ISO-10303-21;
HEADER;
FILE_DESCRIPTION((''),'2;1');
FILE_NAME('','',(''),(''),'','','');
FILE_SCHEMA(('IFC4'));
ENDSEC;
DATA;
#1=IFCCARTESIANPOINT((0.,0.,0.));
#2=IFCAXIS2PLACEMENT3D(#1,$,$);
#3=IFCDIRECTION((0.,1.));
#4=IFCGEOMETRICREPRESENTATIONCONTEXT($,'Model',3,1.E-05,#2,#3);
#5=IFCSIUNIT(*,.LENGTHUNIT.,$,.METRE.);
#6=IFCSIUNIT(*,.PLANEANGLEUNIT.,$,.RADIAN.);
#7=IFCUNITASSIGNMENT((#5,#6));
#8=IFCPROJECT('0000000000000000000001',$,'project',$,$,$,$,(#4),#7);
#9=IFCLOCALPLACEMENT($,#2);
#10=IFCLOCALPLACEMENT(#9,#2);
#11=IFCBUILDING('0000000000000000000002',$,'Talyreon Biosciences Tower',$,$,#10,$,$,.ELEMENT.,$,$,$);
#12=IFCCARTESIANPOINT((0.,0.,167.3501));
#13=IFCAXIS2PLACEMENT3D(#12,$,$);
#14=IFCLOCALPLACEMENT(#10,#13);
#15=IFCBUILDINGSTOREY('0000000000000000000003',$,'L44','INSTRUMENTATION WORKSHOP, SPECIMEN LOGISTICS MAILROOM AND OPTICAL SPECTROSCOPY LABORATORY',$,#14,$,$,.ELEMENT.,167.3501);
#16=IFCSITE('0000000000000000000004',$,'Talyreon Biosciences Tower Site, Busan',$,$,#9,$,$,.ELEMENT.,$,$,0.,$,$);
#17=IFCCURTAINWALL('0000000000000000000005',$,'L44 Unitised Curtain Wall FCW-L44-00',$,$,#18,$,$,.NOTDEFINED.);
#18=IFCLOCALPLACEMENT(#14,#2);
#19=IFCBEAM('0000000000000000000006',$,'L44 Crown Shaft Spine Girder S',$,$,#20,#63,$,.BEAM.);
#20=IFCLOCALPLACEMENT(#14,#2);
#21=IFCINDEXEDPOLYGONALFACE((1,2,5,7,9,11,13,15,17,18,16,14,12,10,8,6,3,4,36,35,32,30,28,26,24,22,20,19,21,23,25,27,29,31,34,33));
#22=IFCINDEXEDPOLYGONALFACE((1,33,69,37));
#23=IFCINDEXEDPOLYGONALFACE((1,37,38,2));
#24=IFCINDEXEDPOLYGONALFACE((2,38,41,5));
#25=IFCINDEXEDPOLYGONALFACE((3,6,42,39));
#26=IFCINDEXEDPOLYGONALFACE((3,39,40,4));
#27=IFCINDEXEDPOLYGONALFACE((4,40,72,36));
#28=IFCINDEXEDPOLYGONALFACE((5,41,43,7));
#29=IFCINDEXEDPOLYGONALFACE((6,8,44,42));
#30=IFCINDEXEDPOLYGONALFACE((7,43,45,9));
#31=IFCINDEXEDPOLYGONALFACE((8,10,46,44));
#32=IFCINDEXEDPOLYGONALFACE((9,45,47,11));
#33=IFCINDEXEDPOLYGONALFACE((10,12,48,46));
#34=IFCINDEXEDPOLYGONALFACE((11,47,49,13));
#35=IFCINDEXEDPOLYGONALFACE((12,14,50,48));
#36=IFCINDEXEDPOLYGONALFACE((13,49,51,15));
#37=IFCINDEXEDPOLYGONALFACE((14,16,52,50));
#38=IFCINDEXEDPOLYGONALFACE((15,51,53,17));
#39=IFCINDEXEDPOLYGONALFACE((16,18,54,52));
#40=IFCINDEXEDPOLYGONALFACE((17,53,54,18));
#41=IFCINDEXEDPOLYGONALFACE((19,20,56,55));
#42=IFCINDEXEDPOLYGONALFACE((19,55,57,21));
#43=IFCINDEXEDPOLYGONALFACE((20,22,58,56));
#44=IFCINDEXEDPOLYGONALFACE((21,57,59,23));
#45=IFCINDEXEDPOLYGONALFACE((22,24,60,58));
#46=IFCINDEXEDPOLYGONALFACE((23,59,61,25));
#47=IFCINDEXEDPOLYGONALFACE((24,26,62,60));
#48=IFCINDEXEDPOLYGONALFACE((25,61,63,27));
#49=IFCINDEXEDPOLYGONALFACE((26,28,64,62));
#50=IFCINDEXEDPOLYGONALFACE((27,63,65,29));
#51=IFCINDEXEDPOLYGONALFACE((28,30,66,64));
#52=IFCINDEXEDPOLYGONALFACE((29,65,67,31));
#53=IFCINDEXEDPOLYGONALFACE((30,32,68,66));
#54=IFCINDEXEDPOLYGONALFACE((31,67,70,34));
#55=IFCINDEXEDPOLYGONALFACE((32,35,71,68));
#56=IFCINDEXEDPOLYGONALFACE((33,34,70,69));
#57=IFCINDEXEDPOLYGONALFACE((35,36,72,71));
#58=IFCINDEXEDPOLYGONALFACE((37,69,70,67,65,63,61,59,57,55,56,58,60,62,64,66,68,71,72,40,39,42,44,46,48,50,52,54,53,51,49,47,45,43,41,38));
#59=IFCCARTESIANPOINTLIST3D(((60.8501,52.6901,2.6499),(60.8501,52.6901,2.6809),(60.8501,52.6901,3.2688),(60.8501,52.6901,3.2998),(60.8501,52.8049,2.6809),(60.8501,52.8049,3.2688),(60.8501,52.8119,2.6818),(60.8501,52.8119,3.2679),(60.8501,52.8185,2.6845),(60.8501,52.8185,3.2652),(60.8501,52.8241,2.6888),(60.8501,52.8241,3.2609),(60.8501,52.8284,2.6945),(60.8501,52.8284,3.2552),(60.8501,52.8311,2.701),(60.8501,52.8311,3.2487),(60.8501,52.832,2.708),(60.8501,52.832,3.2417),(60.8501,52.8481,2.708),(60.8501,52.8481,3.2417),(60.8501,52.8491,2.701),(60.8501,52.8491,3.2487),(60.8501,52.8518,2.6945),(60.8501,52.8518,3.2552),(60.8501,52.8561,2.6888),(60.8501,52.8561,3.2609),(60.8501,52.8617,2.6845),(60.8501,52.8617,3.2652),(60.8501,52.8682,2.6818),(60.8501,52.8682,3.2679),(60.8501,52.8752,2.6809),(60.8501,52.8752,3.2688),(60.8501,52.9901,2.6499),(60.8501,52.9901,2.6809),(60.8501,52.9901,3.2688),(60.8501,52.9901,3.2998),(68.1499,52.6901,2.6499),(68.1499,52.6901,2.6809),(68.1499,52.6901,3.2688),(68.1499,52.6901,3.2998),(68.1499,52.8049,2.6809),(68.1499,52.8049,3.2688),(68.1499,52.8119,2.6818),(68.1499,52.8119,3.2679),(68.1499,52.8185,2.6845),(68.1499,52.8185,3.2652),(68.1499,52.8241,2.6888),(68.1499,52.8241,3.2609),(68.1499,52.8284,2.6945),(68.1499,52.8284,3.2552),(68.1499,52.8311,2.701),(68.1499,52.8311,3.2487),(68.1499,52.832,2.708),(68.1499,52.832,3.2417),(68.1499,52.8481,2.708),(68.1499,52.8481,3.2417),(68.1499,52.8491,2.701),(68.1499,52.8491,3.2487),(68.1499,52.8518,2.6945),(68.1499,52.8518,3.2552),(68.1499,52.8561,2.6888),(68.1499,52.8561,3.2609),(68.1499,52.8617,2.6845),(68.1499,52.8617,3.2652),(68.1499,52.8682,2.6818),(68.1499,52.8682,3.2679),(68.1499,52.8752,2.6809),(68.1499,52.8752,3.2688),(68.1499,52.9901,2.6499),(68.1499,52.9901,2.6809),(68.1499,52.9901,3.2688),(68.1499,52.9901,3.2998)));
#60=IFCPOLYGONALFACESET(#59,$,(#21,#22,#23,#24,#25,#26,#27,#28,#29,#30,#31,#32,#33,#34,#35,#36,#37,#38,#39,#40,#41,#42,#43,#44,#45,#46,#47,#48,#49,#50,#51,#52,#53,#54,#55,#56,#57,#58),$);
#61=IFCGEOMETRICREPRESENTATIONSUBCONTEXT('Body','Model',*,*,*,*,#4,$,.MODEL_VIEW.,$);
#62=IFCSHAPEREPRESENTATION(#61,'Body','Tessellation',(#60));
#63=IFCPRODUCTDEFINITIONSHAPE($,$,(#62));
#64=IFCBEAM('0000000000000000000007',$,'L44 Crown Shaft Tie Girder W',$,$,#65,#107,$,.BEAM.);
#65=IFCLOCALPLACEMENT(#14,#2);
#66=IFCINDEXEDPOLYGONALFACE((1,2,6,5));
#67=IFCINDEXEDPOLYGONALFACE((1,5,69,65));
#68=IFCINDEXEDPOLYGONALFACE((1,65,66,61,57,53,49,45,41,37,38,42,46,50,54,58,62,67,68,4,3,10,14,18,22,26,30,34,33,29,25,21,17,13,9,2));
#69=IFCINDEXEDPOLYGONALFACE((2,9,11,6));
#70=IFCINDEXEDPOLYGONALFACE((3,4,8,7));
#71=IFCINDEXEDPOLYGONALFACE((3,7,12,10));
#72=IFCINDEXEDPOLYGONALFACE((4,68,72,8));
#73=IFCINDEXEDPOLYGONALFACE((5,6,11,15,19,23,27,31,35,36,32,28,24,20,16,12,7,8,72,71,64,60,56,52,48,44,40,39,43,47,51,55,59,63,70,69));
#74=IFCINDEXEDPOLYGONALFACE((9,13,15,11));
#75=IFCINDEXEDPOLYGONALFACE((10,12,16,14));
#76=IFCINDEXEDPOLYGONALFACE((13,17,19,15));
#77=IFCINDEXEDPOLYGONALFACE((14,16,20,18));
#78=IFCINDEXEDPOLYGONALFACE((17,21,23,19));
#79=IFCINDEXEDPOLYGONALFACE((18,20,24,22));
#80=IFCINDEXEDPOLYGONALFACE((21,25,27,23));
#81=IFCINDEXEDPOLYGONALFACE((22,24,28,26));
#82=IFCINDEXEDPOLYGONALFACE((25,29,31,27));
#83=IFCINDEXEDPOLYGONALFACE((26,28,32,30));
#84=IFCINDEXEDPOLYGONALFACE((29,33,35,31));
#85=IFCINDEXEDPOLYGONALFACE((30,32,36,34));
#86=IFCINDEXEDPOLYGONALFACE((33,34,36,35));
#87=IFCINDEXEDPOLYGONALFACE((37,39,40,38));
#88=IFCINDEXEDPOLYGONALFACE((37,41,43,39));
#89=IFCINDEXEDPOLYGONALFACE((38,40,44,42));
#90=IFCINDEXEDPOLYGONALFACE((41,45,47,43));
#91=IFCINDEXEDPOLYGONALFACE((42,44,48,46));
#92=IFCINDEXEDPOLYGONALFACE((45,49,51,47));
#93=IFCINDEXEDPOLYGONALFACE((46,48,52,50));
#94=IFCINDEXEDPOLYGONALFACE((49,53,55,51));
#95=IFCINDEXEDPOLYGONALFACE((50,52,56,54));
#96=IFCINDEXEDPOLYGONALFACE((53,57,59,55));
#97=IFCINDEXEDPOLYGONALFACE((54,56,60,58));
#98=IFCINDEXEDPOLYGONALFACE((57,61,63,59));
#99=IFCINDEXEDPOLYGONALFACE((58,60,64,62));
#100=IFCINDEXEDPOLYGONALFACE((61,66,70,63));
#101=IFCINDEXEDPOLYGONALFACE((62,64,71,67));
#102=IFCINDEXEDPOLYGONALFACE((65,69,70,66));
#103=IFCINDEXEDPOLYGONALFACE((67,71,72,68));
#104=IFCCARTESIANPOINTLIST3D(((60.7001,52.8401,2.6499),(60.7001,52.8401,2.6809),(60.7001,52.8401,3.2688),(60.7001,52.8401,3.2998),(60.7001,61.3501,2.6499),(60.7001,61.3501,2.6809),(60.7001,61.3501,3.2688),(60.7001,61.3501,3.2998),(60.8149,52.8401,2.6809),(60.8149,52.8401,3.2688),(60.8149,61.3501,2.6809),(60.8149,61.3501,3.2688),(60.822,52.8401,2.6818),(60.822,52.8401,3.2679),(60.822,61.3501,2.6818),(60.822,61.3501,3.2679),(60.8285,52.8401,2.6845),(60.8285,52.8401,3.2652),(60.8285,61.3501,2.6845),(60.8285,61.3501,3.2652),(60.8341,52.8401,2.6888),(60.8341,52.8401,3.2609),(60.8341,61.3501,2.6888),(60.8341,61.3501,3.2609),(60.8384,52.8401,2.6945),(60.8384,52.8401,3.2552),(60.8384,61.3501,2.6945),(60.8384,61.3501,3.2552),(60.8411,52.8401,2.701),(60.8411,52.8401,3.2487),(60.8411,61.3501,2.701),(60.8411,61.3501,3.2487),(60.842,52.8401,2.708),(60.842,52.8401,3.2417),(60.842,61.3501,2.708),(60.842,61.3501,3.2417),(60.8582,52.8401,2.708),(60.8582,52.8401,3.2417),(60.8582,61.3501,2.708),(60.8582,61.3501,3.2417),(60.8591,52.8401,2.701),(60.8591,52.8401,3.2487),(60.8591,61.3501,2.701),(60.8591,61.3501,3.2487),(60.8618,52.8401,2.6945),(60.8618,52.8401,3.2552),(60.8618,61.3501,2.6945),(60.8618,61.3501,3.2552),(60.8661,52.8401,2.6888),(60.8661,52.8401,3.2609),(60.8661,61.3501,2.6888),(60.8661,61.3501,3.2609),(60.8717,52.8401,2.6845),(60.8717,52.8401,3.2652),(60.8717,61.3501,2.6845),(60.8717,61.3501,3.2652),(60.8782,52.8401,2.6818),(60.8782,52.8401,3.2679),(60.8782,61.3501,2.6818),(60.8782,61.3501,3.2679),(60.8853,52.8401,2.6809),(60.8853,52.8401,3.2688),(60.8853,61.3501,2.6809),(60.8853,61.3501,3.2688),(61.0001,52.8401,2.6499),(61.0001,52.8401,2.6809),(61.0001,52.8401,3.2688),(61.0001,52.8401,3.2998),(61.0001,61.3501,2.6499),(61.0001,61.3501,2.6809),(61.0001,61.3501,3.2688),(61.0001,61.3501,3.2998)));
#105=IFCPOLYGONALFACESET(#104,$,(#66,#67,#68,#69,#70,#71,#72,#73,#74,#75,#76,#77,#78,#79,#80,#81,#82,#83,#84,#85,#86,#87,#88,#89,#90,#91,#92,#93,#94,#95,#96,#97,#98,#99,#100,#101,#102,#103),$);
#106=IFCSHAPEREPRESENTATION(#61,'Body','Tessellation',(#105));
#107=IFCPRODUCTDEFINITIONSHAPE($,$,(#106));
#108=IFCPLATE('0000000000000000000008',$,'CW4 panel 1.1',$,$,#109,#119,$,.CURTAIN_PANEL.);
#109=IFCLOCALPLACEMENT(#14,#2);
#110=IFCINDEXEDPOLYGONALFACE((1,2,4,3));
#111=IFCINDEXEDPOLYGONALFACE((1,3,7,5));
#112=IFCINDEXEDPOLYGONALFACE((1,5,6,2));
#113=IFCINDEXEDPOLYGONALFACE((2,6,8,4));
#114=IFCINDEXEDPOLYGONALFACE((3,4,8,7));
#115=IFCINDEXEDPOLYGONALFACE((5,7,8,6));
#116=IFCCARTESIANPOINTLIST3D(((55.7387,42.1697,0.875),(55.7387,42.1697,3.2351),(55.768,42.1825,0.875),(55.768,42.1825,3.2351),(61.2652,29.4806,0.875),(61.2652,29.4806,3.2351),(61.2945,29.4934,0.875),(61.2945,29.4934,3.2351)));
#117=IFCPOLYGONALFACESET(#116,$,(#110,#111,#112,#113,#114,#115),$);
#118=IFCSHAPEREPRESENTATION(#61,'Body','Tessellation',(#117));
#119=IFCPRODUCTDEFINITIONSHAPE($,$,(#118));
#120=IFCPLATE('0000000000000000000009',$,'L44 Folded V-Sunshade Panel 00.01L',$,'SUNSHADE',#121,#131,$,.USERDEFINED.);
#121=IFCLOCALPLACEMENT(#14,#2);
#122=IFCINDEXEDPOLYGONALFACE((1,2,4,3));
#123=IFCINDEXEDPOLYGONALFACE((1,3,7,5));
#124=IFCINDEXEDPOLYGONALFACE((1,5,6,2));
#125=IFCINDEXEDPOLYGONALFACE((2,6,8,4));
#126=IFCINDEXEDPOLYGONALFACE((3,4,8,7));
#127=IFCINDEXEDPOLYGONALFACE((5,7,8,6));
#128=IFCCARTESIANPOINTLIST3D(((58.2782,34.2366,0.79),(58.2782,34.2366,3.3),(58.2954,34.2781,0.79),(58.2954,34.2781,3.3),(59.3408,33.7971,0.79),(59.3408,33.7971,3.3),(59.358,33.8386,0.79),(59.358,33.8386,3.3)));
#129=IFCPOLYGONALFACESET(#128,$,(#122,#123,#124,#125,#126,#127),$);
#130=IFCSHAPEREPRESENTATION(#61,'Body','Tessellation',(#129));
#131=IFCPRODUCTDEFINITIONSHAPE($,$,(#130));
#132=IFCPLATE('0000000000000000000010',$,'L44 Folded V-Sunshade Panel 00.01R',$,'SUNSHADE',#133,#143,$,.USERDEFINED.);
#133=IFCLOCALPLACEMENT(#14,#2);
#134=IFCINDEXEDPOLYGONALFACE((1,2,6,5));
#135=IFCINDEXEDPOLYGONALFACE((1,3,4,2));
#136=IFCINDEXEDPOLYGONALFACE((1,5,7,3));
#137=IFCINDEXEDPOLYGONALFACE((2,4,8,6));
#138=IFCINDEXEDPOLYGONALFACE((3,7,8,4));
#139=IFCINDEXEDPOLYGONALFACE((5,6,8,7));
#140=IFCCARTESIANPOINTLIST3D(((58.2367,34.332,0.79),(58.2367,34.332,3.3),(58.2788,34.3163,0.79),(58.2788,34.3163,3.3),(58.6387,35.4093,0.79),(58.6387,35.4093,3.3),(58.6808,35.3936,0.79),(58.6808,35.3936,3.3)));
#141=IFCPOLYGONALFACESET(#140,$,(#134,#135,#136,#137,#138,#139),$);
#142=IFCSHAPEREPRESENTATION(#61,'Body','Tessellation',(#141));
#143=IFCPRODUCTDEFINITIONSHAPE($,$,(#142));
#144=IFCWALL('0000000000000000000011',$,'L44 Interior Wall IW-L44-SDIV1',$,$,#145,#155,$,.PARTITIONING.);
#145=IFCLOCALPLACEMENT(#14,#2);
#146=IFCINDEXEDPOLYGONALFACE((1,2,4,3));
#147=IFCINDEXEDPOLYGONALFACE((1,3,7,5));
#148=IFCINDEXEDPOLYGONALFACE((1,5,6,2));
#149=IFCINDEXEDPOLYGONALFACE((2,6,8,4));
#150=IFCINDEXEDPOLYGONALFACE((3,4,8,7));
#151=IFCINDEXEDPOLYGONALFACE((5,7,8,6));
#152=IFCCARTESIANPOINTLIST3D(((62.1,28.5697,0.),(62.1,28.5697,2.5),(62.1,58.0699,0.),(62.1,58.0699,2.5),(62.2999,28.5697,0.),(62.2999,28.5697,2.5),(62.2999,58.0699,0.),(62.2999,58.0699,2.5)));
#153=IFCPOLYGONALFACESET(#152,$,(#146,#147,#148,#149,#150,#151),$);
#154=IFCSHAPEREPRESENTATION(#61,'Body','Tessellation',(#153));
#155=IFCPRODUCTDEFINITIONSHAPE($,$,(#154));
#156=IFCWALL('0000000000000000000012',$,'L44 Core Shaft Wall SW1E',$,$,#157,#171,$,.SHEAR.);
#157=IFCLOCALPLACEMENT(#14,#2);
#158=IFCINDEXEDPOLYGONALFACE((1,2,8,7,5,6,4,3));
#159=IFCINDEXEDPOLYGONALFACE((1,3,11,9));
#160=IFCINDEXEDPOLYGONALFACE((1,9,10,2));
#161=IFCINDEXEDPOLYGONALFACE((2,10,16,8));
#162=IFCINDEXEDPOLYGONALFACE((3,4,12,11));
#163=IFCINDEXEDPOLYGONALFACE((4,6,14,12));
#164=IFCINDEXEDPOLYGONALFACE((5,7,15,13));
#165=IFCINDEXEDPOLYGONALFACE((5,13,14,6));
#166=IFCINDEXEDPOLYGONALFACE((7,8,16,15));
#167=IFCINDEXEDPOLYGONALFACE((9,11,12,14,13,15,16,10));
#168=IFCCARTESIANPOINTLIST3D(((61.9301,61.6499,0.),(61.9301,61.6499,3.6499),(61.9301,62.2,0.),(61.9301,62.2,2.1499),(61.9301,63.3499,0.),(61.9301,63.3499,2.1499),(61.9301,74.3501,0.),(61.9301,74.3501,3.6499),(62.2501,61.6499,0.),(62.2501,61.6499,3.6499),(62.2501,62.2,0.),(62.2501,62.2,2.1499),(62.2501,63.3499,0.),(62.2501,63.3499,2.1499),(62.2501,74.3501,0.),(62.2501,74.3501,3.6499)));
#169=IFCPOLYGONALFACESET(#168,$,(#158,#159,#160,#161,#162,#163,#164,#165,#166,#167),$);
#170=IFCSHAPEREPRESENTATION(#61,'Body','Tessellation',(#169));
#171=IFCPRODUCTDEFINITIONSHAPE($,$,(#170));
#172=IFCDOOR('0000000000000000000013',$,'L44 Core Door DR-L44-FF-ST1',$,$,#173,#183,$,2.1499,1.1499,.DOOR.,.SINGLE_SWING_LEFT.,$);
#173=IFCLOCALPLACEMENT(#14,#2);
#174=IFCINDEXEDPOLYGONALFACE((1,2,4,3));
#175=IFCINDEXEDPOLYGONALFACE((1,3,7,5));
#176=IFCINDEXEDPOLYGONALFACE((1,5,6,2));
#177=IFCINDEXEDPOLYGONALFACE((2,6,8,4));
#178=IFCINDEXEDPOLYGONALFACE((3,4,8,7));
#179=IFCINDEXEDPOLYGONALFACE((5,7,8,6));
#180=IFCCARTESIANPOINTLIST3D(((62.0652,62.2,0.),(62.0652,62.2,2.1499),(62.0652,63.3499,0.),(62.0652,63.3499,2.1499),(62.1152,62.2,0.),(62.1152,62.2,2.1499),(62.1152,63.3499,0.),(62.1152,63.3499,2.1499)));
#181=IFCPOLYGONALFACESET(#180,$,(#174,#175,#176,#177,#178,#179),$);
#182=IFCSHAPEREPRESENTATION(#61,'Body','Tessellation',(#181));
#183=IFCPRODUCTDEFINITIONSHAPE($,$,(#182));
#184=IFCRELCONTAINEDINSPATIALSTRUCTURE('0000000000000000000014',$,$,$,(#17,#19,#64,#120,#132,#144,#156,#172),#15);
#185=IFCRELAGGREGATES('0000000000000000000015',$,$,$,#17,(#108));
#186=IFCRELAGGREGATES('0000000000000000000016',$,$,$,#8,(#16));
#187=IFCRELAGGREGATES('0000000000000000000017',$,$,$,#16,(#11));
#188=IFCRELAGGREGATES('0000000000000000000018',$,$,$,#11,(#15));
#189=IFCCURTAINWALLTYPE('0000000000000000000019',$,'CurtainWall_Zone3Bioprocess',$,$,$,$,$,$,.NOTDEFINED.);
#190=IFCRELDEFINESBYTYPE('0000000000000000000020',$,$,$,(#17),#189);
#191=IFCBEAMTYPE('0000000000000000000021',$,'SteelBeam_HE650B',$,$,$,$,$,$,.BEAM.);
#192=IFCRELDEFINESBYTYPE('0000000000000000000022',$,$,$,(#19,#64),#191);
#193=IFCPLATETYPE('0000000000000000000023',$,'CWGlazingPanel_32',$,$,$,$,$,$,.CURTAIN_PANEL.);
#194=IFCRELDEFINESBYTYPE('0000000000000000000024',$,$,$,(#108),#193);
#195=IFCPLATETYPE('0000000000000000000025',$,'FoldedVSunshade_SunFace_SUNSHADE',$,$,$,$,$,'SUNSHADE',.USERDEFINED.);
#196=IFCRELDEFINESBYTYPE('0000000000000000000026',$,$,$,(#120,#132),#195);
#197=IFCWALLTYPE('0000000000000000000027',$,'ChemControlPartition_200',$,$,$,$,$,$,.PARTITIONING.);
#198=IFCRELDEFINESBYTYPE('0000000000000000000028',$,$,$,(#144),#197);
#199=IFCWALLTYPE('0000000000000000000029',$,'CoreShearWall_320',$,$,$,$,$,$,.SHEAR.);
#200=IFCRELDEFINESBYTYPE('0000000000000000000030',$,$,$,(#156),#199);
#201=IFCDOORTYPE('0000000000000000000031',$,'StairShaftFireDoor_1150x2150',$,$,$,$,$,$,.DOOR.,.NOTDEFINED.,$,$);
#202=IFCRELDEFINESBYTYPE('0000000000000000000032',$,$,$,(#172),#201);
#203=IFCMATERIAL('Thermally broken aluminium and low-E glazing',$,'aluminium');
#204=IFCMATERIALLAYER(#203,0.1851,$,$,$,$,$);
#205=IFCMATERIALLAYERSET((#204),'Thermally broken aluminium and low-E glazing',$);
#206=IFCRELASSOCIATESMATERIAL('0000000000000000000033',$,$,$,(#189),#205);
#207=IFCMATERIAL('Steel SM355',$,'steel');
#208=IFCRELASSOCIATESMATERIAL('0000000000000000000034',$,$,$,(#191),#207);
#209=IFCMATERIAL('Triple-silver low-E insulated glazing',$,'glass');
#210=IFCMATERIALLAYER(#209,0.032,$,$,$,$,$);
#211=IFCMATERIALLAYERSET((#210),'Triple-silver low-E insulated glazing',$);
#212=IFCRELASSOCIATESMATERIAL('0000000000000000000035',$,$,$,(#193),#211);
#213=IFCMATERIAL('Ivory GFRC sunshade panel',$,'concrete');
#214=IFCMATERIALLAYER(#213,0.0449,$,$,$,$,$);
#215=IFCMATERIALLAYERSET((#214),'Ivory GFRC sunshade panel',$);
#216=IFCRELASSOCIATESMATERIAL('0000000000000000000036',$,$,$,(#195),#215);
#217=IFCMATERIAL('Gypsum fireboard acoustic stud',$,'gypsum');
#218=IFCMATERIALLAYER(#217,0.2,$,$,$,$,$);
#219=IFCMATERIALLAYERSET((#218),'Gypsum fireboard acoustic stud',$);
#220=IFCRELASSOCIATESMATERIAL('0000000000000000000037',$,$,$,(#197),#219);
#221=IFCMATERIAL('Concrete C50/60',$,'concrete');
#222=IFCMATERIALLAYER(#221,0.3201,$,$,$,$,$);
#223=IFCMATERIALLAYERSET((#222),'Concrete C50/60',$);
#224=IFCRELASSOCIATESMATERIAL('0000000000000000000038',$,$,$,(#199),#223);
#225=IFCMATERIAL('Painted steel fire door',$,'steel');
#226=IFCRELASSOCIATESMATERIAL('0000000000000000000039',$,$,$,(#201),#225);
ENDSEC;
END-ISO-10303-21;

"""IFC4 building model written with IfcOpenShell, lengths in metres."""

from ifc_helpers import new_model, si_unit, direction, frame, frame_2d, origin, origin_2d, place, context, subcontext, project, spatial, rectangle, i_section, extrude, material, layer, layer_set, material_profile, profile_set, type_object, element, fill, aggregate, save


model = new_model("IFC4")

# Units and contexts
model_context = context("Model", 3, precision=1e-05, world=origin(), true_north=direction((0.0, 1.0)))
body_context = subcontext(model_context, "Body", "Model", "MODEL_VIEW")
ifc_project = project(units=[si_unit("LENGTHUNIT", "METRE"), si_unit("PLANEANGLEUNIT", "RADIAN")], contexts=[model_context])

# Site, building, storey
site_placement = place(None, origin())
site = spatial("IfcSite", under=ifc_project, at=site_placement, Name="Talyreon Biosciences Tower Site, Busan", CompositionType="ELEMENT", RefElevation=0.0)
building_placement = place(site_placement, origin())
building = spatial("IfcBuilding", under=site, at=building_placement, Name="Talyreon Biosciences Tower", CompositionType="ELEMENT")
storey_placement = place(building_placement, frame((0.0, 0.0, 167.3501)))
storey = spatial("IfcBuildingStorey", under=building, at=storey_placement, Name="L44", Description="INSTRUMENTATION WORKSHOP, SPECIMEN LOGISTICS MAILROOM AND OPTICAL SPECTROSCOPY LABORATORY", CompositionType="ELEMENT", Elevation=167.3501)

# Shared definitions
ifc_material_1 = material(Name="Concrete C50/60", Category="concrete")

# Curtain wall
ifc_material_2 = material(Name="Thermally broken aluminium and low-E glazing", Category="aluminium")
ifc_layer_1 = layer(ifc_material_2, 0.1851)
ifc_layer_set_1 = layer_set([ifc_layer_1], Name="Thermally broken aluminium and low-E glazing")
curtain_wall_type = type_object("IfcCurtainWallType", Name="CurtainWall_Zone3Bioprocess", PredefinedType="NOTDEFINED", material=ifc_layer_set_1)
curtain_wall_placement = place(storey_placement, origin())
curtain_wall = element("IfcCurtainWall", 1, at=curtain_wall_placement, inside=storey, type_object=curtain_wall_type, Name="L44 Unitised Curtain Wall FCW-L44-00", PredefinedType="NOTDEFINED")

# Beams
ifc_material_3 = material(Name="Steel SM355", Category="steel")
ifc_material_profile_1 = material_profile(ifc_material_3, i_section(OverallWidth=0.3, OverallDepth=0.6499, WebThickness=0.0161, FlangeThickness=0.031, FilletRadius=0.0271, at=origin_2d()), Name="HE650B")
ifc_profile_set_1 = profile_set([ifc_material_profile_1], Name="Steel SM355")
beam_type_1 = type_object("IfcBeamType", Name="SteelBeam_HE650B", PredefinedType="BEAM", material=ifc_profile_set_1)
beam_1_placement = place(storey_placement, frame((60.8501, 52.8401, 2.9749), z_axis=(1.0, 0.0, 0.0), x_axis=(0.0, 1.0, 0.0)))
element("IfcBeam", 2, at=beam_1_placement, inside=storey, type_object=beam_type_1, Name="L44 Crown Shaft Spine Girder S", PredefinedType="BEAM", context=body_context, shape_type="SweptSolid", body=[
    extrude(i_section(OverallWidth=0.3, OverallDepth=0.6499, WebThickness=0.0161, FlangeThickness=0.031, FilletRadius=0.0271, at=origin_2d()), origin(), (0.0, 0.0, 1.0), 7.2998),
])
beam_2_placement = place(storey_placement, frame((60.8501, 52.8401, 2.9749), z_axis=(0.0, 1.0, 0.0), x_axis=(-1.0, 0.0, 0.0)))
element("IfcBeam", 3, at=beam_2_placement, inside=storey, type_object=beam_type_1, Name="L44 Crown Shaft Tie Girder W", PredefinedType="BEAM", context=body_context, shape_type="SweptSolid", body=[
    extrude(i_section(OverallWidth=0.3, OverallDepth=0.6499, WebThickness=0.0161, FlangeThickness=0.031, FilletRadius=0.0271, at=origin_2d()), origin(), (0.0, 0.0, 1.0), 8.51),
])

# Plate
ifc_material_4 = material(Name="Triple-silver low-E insulated glazing", Category="glass")
ifc_layer_2 = layer(ifc_material_4, 0.032)
ifc_layer_set_2 = layer_set([ifc_layer_2], Name="Triple-silver low-E insulated glazing")
plate_type_1 = type_object("IfcPlateType", Name="CWGlazingPanel_32", PredefinedType="CURTAIN_PANEL", material=ifc_layer_set_2)
plate_placement = place(storey_placement, frame((58.5166, 35.8315, 0.875), z_axis=(0.0, 0.0, 1.0), x_axis=(-0.3993, 0.91682, 0.0)))
plate = element("IfcPlate", 4, at=plate_placement, type_object=plate_type_1, Name="CW4 panel 1.1", PredefinedType="CURTAIN_PANEL", context=body_context, shape_type="SweptSolid", body=[
    extrude(rectangle(XDim=13.8403, YDim=0.032, at=origin_2d()), origin(), (0.0, 0.0, 1.0), 2.3601),
])
aggregate(curtain_wall, [plate])

# Plates
ifc_material_5 = material(Name="Ivory GFRC sunshade panel", Category="concrete")
ifc_layer_3 = layer(ifc_material_5, 0.0449)
ifc_layer_set_3 = layer_set([ifc_layer_3], Name="Ivory GFRC sunshade panel")
plate_type_2 = type_object("IfcPlateType", Name="FoldedVSunshade_SunFace_SUNSHADE", ElementType="SUNSHADE", PredefinedType="USERDEFINED", material=ifc_layer_set_3)
for number, where, z_axis, x_axis, name in (
    (5, (58.8181, 34.0376, 0.79), (0.0, 0.0, 1.0), (-0.924106, 0.382135, 0.0), "L44 Folded V-Sunshade Panel 00.01L"),
    (6, (58.4587, 34.8628, 0.79), (0.0, 0.0, 1.0), (0.349651, 0.93688, 0.0), "L44 Folded V-Sunshade Panel 00.01R"),
):
    element("IfcPlate", number, at=place(storey_placement, frame(where, z_axis=z_axis, x_axis=x_axis)), inside=storey, type_object=plate_type_2, Name=name, ObjectType="SUNSHADE", PredefinedType="USERDEFINED", context=body_context, shape_type="SweptSolid", body=[
        extrude(rectangle(XDim=1.1499, YDim=0.0449, at=origin_2d()), origin(), (0.0, 0.0, 1.0), 2.51),
    ])

# Wall
ifc_material_6 = material(Name="Gypsum fireboard acoustic stud", Category="gypsum")
ifc_layer_4 = layer(ifc_material_6, 0.2)
ifc_layer_set_4 = layer_set([ifc_layer_4], Name="Gypsum fireboard acoustic stud")
wall_type_1 = type_object("IfcWallType", Name="ChemControlPartition_200", PredefinedType="PARTITIONING", material=ifc_layer_set_4)
wall_1_placement = place(storey_placement, frame((62.2, 28.5698, 0.0), z_axis=(0.0, 0.0, 1.0), x_axis=(0.0, 1.0, 0.0)))
element("IfcWall", 7, at=wall_1_placement, inside=storey, type_object=wall_type_1, Name="L44 Interior Wall IW-L44-SDIV1", PredefinedType="PARTITIONING", context=body_context, shape_type="SweptSolid", body=[
    extrude(rectangle(XDim=29.5002, YDim=0.2, at=frame_2d((14.75, 0.0))), origin(), (0.0, 0.0, 1.0), 2.5),
])

# Wall, opening, door
ifc_layer_5 = layer(ifc_material_1, 0.3201)
ifc_layer_set_5 = layer_set([ifc_layer_5], Name="Concrete C50/60")
wall_type_2 = type_object("IfcWallType", Name="CoreShearWall_320", PredefinedType="SHEAR", material=ifc_layer_set_5)
wall_2_placement = place(storey_placement, frame((62.0901, 61.6499, 0.0), z_axis=(0.0, 0.0, 1.0), x_axis=(0.0, 1.0, 0.0)))
wall_2 = element("IfcWall", 8, at=wall_2_placement, inside=storey, type_object=wall_type_2, Name="L44 Core Shaft Wall SW1E", PredefinedType="SHEAR", context=body_context, shape_type="SweptSolid", body=[
    extrude(rectangle(XDim=12.7002, YDim=0.3201, at=frame_2d((6.3501, 0.0))), origin(), (0.0, 0.0, 1.0), 3.6499),
])
opening_1_placement = place(wall_2_placement, frame((0.55, 0.0, 0.0)))
opening_1 = element("IfcOpeningElement", 9, at=opening_1_placement, cuts=wall_2, PredefinedType="OPENING", context=body_context, shape_type="SweptSolid", body=[
    extrude(rectangle(XDim=1.1499, YDim=2.1499, at=frame_2d((0.575, 1.075))), frame((0.0, 0.1699, 0.0), z_axis=(0.0, -1.0, 0.0), x_axis=(1.0, 0.0, 0.0)), (0.0, 0.0, 1.0), 0.3401),
])
ifc_material_7 = material(Name="Painted steel fire door", Category="steel")
door_type_1 = type_object("IfcDoorType", Name="StairShaftFireDoor_1150x2150", OperationType="NOTDEFINED", PredefinedType="DOOR", material=ifc_material_7)
door_1_placement = place(opening_1_placement, origin())
door_1 = element("IfcDoor", 10, at=door_1_placement, inside=storey, type_object=door_type_1, Name="L44 Core Door DR-L44-FF-ST1", OperationType="SINGLE_SWING_LEFT", OverallHeight=2.1499, OverallWidth=1.1499, PredefinedType="DOOR", context=body_context, shape_type="SweptSolid", body=[
    extrude(rectangle(XDim=1.1499, YDim=2.1499, at=frame_2d((0.575, 1.075))), frame((0.0, 0.0249, 0.0), z_axis=(0.0, -1.0, 0.0), x_axis=(1.0, 0.0, 0.0)), (0.0, 0.0, 1.0), 0.05),
])
fill(opening_1, door_1)

save(model, "model.ifc")
